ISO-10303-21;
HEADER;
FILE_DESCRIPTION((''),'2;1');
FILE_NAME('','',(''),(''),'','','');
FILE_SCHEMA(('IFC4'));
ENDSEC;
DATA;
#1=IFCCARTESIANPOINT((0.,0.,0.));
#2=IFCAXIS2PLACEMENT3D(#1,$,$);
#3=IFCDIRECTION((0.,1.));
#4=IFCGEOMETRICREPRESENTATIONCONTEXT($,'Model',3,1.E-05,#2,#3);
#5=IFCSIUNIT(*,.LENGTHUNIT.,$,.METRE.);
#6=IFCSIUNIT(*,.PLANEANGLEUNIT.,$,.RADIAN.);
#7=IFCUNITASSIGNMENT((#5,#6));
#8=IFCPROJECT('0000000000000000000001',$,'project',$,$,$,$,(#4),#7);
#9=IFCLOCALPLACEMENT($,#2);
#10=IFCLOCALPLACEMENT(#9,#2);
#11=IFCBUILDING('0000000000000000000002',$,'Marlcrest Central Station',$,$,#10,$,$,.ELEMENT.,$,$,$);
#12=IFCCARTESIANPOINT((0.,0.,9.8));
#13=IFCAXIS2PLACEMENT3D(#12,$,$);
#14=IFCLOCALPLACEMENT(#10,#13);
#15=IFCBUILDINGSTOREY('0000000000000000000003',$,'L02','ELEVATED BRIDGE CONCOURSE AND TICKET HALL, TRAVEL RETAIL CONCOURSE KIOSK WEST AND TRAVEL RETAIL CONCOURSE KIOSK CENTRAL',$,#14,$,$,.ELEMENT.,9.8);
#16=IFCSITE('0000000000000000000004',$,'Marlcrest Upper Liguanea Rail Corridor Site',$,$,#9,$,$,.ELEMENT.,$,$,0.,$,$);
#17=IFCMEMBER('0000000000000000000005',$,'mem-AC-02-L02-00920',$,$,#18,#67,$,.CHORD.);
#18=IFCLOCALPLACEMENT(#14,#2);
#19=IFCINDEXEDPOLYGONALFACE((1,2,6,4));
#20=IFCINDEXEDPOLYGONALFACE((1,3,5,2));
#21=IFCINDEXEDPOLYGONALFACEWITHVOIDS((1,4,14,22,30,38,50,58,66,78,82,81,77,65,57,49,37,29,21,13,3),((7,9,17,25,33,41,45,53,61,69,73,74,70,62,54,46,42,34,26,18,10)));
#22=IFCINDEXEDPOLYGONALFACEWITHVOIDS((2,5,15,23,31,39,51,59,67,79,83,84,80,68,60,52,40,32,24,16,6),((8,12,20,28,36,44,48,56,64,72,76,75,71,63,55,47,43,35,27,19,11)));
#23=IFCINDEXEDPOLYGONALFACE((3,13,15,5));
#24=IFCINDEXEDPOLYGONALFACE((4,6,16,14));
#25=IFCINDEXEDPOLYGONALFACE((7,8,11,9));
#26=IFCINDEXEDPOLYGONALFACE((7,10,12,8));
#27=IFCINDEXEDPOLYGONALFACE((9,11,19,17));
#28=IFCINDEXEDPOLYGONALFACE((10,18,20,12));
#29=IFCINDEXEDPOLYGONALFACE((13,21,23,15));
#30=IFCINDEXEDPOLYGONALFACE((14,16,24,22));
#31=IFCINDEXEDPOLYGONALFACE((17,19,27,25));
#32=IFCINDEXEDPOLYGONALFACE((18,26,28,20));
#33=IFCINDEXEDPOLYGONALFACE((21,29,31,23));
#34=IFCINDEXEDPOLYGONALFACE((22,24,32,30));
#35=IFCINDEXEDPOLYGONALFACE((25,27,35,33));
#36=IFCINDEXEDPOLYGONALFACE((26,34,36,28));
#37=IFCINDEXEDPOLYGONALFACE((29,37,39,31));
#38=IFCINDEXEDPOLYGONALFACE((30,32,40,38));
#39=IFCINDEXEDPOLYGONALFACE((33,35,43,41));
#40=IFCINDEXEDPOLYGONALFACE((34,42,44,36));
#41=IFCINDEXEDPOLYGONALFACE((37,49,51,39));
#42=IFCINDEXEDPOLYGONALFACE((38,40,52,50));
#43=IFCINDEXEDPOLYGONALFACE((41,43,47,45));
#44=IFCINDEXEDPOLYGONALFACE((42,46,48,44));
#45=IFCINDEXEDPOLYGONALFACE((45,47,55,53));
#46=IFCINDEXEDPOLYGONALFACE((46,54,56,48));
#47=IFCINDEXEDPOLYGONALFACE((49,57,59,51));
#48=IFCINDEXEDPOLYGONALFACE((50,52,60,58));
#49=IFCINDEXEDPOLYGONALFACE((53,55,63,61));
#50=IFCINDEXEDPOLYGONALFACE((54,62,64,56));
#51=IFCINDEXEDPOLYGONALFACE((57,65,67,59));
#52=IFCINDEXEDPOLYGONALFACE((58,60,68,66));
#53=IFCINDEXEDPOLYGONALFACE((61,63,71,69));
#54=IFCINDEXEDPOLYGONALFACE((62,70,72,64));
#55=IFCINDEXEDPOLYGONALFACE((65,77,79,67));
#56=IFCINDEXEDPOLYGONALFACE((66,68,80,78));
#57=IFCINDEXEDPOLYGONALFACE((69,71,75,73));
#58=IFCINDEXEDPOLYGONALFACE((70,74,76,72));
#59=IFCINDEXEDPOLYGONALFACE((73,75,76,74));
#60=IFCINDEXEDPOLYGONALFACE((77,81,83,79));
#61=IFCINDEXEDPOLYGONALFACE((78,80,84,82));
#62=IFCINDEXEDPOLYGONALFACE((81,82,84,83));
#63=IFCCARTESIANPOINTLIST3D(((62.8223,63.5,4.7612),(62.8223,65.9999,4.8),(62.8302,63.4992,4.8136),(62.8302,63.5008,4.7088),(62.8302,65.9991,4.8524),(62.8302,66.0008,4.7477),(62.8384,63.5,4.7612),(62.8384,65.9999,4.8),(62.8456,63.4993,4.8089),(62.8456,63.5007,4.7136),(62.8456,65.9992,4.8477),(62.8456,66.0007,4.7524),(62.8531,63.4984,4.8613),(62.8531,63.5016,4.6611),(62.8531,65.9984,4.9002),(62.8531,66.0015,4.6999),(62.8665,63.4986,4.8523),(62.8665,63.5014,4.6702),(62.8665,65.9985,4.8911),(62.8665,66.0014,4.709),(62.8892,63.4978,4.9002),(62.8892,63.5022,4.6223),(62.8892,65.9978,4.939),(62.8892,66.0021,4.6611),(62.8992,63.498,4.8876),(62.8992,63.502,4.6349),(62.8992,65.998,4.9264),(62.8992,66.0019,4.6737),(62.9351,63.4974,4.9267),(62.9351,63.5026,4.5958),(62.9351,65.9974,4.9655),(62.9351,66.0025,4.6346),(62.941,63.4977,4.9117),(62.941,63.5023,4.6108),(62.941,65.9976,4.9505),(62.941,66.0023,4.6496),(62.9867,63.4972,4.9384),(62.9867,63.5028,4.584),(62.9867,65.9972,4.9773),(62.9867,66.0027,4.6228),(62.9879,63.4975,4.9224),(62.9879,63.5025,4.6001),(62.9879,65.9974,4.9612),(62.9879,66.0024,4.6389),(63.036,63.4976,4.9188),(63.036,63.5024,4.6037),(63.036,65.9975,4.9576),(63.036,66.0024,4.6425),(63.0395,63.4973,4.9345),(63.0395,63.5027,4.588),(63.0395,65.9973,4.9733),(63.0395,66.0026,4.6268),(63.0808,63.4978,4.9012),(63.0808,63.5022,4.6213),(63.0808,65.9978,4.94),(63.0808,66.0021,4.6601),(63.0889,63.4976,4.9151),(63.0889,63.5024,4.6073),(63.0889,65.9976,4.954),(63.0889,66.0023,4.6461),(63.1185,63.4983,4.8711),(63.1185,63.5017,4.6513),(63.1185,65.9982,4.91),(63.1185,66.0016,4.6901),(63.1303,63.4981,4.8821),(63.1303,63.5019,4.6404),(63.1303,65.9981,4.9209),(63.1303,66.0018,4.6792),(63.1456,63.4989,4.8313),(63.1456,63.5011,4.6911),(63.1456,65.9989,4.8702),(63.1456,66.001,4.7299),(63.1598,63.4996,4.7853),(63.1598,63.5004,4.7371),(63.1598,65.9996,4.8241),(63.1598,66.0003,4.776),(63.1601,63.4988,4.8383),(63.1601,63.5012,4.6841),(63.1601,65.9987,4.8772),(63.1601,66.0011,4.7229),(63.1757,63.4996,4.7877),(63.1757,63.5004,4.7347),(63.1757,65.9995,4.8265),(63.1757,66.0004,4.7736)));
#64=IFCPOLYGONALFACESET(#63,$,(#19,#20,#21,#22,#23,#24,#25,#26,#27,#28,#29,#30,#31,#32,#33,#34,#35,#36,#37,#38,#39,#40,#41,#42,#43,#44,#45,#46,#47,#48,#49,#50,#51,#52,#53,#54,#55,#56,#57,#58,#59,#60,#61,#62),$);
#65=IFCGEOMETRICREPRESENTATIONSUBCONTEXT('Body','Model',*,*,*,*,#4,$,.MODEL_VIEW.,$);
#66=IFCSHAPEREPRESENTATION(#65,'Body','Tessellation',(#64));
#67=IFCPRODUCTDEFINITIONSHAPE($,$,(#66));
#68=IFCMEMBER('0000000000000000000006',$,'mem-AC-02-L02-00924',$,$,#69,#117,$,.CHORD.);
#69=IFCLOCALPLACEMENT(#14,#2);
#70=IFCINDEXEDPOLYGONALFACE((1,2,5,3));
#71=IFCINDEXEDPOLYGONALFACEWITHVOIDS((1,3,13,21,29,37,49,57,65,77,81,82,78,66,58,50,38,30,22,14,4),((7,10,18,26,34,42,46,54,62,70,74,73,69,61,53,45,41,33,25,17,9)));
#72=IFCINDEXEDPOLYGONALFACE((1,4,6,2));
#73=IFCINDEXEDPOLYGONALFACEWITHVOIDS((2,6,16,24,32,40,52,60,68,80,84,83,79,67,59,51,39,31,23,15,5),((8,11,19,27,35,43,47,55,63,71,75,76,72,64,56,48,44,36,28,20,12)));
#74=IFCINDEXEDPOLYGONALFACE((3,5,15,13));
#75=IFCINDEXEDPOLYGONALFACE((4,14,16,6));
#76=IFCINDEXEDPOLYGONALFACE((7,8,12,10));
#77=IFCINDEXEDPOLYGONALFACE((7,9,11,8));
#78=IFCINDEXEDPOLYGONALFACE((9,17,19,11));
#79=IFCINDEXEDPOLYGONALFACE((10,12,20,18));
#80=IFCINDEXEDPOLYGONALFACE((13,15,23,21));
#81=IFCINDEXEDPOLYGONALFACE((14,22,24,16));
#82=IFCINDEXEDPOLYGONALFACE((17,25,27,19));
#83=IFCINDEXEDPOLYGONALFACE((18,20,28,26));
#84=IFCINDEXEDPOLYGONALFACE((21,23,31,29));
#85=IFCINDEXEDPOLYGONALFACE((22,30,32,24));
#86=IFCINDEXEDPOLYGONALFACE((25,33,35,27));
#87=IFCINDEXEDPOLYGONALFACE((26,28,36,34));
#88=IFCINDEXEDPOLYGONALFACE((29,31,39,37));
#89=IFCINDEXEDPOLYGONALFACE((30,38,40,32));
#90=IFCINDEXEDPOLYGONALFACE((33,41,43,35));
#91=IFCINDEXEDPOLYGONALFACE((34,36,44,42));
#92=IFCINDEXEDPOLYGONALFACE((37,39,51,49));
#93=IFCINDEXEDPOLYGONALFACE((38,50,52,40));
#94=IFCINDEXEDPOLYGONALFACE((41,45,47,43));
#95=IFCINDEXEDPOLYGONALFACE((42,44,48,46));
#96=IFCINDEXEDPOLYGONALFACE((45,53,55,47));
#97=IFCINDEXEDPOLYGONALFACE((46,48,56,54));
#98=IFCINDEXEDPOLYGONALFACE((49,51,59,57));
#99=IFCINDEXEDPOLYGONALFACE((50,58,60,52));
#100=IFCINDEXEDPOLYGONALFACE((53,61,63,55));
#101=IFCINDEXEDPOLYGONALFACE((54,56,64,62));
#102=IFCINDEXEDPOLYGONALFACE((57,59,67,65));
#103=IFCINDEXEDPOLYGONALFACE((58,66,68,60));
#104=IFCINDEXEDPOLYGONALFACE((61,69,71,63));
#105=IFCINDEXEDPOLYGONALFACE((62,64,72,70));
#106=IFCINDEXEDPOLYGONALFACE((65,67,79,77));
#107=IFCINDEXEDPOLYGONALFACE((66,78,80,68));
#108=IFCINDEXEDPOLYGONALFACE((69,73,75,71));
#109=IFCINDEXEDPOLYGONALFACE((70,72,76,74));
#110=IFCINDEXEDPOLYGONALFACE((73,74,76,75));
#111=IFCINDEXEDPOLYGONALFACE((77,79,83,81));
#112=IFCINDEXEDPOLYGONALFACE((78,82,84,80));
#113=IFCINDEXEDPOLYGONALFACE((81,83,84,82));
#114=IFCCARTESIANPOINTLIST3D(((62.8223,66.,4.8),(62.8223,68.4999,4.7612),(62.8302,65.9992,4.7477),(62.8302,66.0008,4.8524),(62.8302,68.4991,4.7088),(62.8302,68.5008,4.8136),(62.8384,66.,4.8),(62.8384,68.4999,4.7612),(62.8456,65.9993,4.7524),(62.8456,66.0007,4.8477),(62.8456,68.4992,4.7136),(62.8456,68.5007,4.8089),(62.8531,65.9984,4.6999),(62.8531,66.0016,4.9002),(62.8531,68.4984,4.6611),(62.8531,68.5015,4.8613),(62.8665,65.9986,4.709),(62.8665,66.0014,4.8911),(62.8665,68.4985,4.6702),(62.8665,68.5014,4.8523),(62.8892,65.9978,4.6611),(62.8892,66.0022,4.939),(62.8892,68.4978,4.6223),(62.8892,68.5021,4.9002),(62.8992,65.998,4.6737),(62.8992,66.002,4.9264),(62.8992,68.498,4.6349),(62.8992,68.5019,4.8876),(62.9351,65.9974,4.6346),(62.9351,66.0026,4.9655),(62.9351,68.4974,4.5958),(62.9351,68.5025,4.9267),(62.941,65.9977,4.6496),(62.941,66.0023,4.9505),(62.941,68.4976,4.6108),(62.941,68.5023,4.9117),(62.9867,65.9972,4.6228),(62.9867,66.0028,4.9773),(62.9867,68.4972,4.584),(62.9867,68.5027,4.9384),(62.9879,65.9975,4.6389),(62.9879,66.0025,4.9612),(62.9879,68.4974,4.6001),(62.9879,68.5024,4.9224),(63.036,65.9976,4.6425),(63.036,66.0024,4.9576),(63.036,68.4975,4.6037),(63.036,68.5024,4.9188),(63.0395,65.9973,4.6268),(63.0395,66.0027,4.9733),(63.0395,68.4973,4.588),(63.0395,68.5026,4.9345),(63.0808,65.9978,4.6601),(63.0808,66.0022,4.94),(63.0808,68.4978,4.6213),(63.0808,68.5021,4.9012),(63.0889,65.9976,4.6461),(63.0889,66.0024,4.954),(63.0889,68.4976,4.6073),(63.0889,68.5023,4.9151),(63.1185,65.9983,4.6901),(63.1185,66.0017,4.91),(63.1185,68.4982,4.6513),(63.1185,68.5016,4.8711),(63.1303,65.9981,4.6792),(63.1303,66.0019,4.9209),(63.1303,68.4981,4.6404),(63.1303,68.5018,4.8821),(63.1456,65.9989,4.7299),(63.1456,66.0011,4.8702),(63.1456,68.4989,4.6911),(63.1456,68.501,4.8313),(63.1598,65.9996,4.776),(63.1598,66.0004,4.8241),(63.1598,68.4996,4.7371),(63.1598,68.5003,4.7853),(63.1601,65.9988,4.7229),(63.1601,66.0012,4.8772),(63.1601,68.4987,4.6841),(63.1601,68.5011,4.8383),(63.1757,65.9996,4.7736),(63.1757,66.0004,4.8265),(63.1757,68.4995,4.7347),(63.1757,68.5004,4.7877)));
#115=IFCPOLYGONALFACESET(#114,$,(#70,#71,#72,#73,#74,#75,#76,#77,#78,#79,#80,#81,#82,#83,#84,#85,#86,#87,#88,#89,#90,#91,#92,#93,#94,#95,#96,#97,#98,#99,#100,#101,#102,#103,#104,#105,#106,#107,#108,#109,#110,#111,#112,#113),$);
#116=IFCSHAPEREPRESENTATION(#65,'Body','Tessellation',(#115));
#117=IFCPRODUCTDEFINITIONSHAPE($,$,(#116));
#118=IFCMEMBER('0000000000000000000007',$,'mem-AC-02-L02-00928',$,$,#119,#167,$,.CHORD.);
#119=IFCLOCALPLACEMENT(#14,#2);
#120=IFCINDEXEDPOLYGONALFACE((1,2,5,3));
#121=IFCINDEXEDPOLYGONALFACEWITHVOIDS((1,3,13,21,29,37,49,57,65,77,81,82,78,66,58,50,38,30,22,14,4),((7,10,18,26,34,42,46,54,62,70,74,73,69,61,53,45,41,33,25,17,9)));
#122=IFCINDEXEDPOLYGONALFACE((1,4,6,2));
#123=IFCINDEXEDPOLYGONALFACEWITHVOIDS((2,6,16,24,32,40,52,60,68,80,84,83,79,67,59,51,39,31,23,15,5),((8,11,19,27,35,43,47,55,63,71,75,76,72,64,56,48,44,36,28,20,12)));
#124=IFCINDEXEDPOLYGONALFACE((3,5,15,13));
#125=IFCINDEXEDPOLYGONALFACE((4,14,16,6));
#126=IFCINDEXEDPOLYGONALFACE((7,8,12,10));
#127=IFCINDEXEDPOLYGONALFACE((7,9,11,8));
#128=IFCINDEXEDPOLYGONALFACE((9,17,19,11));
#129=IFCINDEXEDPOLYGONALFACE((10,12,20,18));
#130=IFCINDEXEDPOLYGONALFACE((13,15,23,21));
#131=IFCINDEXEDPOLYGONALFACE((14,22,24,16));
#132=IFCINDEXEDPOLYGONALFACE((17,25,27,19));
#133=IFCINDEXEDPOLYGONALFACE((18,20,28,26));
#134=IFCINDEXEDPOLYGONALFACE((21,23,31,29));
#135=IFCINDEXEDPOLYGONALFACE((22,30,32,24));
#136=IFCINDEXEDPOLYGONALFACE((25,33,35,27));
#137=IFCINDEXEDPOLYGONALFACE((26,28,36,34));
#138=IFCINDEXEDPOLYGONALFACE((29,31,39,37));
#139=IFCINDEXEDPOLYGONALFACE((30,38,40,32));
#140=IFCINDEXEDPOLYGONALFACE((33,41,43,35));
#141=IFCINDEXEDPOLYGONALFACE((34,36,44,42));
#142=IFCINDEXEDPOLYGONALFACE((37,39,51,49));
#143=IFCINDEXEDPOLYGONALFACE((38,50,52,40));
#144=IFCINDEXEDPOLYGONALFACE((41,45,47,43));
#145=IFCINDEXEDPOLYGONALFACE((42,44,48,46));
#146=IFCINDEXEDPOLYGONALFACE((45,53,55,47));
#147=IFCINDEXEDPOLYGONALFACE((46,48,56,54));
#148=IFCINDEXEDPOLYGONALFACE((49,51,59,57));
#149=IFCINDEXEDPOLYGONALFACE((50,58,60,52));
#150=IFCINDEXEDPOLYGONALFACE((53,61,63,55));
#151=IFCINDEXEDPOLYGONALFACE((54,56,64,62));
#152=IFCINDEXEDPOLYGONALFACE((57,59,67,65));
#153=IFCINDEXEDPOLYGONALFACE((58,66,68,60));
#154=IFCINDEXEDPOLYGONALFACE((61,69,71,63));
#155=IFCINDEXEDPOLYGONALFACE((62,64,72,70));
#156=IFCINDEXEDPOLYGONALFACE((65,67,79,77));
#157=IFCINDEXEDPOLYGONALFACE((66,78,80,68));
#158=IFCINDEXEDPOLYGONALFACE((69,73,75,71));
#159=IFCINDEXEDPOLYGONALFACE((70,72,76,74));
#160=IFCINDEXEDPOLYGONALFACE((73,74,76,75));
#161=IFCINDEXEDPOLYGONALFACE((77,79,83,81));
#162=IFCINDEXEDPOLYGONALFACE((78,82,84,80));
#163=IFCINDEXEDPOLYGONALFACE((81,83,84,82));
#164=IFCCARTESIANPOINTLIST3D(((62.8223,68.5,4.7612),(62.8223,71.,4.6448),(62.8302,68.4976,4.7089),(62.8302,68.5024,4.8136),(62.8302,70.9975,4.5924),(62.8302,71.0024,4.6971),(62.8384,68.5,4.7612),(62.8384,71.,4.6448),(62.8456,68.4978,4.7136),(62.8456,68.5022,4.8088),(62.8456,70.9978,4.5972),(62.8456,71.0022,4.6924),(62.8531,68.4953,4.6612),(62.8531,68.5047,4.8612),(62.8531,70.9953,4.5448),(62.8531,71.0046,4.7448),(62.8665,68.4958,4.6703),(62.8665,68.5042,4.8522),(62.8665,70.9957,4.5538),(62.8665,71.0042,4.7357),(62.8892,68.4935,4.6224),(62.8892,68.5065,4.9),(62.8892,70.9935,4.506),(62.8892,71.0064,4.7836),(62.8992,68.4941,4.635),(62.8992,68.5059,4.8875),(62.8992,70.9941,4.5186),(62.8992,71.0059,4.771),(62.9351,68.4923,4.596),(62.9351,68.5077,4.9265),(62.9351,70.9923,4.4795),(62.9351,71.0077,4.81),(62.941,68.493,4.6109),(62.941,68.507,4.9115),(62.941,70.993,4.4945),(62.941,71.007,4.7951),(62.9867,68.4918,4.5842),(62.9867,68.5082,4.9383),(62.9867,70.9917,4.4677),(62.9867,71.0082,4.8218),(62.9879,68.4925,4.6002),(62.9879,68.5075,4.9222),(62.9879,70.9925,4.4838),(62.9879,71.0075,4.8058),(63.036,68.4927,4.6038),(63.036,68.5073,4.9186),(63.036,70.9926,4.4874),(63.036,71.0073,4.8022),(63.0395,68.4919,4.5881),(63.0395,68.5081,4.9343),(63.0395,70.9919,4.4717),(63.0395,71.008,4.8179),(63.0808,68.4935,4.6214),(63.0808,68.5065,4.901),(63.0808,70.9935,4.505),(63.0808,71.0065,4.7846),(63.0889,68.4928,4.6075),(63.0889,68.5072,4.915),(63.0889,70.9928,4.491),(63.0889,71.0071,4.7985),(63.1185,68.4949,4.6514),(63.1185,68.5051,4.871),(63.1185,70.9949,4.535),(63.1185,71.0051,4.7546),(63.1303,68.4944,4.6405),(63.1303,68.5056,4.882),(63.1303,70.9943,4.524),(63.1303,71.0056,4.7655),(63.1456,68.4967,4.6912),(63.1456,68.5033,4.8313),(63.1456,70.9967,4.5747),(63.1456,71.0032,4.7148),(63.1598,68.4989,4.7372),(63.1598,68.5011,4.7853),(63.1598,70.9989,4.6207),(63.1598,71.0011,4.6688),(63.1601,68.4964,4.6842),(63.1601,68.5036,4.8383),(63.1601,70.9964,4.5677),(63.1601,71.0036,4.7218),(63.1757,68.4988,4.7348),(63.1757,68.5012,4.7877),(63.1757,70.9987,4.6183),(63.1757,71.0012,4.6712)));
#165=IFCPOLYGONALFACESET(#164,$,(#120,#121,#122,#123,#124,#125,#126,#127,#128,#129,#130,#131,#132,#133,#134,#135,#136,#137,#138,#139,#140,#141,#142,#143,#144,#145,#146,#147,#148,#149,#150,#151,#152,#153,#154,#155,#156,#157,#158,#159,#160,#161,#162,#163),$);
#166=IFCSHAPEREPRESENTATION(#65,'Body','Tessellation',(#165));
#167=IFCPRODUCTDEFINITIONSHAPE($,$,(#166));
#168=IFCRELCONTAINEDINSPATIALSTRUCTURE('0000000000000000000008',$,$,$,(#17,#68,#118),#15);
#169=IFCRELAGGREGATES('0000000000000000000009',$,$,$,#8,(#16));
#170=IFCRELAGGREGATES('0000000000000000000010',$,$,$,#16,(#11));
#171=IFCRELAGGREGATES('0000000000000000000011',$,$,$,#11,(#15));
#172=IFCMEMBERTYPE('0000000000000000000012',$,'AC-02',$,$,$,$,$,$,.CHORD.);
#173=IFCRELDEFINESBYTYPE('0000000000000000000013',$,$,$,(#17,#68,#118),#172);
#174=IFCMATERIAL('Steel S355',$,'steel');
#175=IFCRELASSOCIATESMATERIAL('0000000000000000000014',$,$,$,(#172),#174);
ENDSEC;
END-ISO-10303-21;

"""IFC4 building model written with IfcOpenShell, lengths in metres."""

from ifc_helpers import new_model, si_unit, direction, frame, origin, origin_2d, place, context, subcontext, project, spatial, hollow_circle, extrude, material, material_profile, profile_set, type_object, element, save


model = new_model("IFC4")

# Units and contexts
model_context = context("Model", 3, precision=1e-05, world=origin(), true_north=direction((0.0, 1.0)))
body_context = subcontext(model_context, "Body", "Model", "MODEL_VIEW")
ifc_project = project(units=[si_unit("LENGTHUNIT", "METRE"), si_unit("PLANEANGLEUNIT", "RADIAN")], contexts=[model_context])

# Site, building, storey
site_placement = place(None, origin())
site = spatial("IfcSite", under=ifc_project, at=site_placement, Name="Marlcrest Upper Liguanea Rail Corridor Site", CompositionType="ELEMENT", RefElevation=0.0)
building_placement = place(site_placement, origin())
building = spatial("IfcBuilding", under=site, at=building_placement, Name="Marlcrest Central Station", CompositionType="ELEMENT")
storey_placement = place(building_placement, frame((0.0, 0.0, 9.8)))
storey = spatial("IfcBuildingStorey", under=building, at=storey_placement, Name="L02", Description="ELEVATED BRIDGE CONCOURSE AND TICKET HALL, TRAVEL RETAIL CONCOURSE KIOSK WEST AND TRAVEL RETAIL CONCOURSE KIOSK CENTRAL", CompositionType="ELEMENT", Elevation=9.8)

# Members
ifc_material = material(Name="Steel S355", Category="steel")
ifc_material_profile_1 = material_profile(ifc_material, hollow_circle(Radius=0.1777, WallThickness=0.0161, at=origin_2d()), Name="CHS 355.6x16")
ifc_profile_set_1 = profile_set([ifc_material_profile_1], Name="Steel S355")
member_type_1 = type_object("IfcMemberType", Name="AC-02", PredefinedType="CHORD", material=ifc_profile_set_1)
for number, where, z_axis, x_axis, name in (
    (1, (63.0, 63.5, 4.7612), (0.0, 0.999879, 0.015525), (-1.0, 0.0, 0.0), "mem-AC-02-L02-00920"),
    (2, (63.0, 66.0, 4.8), (0.0, 0.999879, -0.015525), (-1.0, 0.0, 0.0), "mem-AC-02-L02-00924"),
):
    element("IfcMember", number, at=place(storey_placement, frame(where, z_axis=z_axis, x_axis=x_axis)), inside=storey, type_object=member_type_1, Name=name, PredefinedType="CHORD", context=body_context, shape_type="SweptSolid", body=[
        extrude(hollow_circle(Radius=0.1777, WallThickness=0.0161, at=origin_2d()), origin(), (0.0, 0.0, 1.0), 2.5002),
    ])
member_1_placement = place(storey_placement, frame((63.0, 68.5, 4.7612), z_axis=(0.0, 0.998917, -0.046532), x_axis=(-1.0, 0.0, 0.0)))
element("IfcMember", 3, at=member_1_placement, inside=storey, type_object=member_type_1, Name="mem-AC-02-L02-00928", PredefinedType="CHORD", context=body_context, shape_type="SweptSolid", body=[
    extrude(hollow_circle(Radius=0.1777, WallThickness=0.0161, at=origin_2d()), origin(), (0.0, 0.0, 1.0), 2.5027),
])

save(model, "model.ifc")
